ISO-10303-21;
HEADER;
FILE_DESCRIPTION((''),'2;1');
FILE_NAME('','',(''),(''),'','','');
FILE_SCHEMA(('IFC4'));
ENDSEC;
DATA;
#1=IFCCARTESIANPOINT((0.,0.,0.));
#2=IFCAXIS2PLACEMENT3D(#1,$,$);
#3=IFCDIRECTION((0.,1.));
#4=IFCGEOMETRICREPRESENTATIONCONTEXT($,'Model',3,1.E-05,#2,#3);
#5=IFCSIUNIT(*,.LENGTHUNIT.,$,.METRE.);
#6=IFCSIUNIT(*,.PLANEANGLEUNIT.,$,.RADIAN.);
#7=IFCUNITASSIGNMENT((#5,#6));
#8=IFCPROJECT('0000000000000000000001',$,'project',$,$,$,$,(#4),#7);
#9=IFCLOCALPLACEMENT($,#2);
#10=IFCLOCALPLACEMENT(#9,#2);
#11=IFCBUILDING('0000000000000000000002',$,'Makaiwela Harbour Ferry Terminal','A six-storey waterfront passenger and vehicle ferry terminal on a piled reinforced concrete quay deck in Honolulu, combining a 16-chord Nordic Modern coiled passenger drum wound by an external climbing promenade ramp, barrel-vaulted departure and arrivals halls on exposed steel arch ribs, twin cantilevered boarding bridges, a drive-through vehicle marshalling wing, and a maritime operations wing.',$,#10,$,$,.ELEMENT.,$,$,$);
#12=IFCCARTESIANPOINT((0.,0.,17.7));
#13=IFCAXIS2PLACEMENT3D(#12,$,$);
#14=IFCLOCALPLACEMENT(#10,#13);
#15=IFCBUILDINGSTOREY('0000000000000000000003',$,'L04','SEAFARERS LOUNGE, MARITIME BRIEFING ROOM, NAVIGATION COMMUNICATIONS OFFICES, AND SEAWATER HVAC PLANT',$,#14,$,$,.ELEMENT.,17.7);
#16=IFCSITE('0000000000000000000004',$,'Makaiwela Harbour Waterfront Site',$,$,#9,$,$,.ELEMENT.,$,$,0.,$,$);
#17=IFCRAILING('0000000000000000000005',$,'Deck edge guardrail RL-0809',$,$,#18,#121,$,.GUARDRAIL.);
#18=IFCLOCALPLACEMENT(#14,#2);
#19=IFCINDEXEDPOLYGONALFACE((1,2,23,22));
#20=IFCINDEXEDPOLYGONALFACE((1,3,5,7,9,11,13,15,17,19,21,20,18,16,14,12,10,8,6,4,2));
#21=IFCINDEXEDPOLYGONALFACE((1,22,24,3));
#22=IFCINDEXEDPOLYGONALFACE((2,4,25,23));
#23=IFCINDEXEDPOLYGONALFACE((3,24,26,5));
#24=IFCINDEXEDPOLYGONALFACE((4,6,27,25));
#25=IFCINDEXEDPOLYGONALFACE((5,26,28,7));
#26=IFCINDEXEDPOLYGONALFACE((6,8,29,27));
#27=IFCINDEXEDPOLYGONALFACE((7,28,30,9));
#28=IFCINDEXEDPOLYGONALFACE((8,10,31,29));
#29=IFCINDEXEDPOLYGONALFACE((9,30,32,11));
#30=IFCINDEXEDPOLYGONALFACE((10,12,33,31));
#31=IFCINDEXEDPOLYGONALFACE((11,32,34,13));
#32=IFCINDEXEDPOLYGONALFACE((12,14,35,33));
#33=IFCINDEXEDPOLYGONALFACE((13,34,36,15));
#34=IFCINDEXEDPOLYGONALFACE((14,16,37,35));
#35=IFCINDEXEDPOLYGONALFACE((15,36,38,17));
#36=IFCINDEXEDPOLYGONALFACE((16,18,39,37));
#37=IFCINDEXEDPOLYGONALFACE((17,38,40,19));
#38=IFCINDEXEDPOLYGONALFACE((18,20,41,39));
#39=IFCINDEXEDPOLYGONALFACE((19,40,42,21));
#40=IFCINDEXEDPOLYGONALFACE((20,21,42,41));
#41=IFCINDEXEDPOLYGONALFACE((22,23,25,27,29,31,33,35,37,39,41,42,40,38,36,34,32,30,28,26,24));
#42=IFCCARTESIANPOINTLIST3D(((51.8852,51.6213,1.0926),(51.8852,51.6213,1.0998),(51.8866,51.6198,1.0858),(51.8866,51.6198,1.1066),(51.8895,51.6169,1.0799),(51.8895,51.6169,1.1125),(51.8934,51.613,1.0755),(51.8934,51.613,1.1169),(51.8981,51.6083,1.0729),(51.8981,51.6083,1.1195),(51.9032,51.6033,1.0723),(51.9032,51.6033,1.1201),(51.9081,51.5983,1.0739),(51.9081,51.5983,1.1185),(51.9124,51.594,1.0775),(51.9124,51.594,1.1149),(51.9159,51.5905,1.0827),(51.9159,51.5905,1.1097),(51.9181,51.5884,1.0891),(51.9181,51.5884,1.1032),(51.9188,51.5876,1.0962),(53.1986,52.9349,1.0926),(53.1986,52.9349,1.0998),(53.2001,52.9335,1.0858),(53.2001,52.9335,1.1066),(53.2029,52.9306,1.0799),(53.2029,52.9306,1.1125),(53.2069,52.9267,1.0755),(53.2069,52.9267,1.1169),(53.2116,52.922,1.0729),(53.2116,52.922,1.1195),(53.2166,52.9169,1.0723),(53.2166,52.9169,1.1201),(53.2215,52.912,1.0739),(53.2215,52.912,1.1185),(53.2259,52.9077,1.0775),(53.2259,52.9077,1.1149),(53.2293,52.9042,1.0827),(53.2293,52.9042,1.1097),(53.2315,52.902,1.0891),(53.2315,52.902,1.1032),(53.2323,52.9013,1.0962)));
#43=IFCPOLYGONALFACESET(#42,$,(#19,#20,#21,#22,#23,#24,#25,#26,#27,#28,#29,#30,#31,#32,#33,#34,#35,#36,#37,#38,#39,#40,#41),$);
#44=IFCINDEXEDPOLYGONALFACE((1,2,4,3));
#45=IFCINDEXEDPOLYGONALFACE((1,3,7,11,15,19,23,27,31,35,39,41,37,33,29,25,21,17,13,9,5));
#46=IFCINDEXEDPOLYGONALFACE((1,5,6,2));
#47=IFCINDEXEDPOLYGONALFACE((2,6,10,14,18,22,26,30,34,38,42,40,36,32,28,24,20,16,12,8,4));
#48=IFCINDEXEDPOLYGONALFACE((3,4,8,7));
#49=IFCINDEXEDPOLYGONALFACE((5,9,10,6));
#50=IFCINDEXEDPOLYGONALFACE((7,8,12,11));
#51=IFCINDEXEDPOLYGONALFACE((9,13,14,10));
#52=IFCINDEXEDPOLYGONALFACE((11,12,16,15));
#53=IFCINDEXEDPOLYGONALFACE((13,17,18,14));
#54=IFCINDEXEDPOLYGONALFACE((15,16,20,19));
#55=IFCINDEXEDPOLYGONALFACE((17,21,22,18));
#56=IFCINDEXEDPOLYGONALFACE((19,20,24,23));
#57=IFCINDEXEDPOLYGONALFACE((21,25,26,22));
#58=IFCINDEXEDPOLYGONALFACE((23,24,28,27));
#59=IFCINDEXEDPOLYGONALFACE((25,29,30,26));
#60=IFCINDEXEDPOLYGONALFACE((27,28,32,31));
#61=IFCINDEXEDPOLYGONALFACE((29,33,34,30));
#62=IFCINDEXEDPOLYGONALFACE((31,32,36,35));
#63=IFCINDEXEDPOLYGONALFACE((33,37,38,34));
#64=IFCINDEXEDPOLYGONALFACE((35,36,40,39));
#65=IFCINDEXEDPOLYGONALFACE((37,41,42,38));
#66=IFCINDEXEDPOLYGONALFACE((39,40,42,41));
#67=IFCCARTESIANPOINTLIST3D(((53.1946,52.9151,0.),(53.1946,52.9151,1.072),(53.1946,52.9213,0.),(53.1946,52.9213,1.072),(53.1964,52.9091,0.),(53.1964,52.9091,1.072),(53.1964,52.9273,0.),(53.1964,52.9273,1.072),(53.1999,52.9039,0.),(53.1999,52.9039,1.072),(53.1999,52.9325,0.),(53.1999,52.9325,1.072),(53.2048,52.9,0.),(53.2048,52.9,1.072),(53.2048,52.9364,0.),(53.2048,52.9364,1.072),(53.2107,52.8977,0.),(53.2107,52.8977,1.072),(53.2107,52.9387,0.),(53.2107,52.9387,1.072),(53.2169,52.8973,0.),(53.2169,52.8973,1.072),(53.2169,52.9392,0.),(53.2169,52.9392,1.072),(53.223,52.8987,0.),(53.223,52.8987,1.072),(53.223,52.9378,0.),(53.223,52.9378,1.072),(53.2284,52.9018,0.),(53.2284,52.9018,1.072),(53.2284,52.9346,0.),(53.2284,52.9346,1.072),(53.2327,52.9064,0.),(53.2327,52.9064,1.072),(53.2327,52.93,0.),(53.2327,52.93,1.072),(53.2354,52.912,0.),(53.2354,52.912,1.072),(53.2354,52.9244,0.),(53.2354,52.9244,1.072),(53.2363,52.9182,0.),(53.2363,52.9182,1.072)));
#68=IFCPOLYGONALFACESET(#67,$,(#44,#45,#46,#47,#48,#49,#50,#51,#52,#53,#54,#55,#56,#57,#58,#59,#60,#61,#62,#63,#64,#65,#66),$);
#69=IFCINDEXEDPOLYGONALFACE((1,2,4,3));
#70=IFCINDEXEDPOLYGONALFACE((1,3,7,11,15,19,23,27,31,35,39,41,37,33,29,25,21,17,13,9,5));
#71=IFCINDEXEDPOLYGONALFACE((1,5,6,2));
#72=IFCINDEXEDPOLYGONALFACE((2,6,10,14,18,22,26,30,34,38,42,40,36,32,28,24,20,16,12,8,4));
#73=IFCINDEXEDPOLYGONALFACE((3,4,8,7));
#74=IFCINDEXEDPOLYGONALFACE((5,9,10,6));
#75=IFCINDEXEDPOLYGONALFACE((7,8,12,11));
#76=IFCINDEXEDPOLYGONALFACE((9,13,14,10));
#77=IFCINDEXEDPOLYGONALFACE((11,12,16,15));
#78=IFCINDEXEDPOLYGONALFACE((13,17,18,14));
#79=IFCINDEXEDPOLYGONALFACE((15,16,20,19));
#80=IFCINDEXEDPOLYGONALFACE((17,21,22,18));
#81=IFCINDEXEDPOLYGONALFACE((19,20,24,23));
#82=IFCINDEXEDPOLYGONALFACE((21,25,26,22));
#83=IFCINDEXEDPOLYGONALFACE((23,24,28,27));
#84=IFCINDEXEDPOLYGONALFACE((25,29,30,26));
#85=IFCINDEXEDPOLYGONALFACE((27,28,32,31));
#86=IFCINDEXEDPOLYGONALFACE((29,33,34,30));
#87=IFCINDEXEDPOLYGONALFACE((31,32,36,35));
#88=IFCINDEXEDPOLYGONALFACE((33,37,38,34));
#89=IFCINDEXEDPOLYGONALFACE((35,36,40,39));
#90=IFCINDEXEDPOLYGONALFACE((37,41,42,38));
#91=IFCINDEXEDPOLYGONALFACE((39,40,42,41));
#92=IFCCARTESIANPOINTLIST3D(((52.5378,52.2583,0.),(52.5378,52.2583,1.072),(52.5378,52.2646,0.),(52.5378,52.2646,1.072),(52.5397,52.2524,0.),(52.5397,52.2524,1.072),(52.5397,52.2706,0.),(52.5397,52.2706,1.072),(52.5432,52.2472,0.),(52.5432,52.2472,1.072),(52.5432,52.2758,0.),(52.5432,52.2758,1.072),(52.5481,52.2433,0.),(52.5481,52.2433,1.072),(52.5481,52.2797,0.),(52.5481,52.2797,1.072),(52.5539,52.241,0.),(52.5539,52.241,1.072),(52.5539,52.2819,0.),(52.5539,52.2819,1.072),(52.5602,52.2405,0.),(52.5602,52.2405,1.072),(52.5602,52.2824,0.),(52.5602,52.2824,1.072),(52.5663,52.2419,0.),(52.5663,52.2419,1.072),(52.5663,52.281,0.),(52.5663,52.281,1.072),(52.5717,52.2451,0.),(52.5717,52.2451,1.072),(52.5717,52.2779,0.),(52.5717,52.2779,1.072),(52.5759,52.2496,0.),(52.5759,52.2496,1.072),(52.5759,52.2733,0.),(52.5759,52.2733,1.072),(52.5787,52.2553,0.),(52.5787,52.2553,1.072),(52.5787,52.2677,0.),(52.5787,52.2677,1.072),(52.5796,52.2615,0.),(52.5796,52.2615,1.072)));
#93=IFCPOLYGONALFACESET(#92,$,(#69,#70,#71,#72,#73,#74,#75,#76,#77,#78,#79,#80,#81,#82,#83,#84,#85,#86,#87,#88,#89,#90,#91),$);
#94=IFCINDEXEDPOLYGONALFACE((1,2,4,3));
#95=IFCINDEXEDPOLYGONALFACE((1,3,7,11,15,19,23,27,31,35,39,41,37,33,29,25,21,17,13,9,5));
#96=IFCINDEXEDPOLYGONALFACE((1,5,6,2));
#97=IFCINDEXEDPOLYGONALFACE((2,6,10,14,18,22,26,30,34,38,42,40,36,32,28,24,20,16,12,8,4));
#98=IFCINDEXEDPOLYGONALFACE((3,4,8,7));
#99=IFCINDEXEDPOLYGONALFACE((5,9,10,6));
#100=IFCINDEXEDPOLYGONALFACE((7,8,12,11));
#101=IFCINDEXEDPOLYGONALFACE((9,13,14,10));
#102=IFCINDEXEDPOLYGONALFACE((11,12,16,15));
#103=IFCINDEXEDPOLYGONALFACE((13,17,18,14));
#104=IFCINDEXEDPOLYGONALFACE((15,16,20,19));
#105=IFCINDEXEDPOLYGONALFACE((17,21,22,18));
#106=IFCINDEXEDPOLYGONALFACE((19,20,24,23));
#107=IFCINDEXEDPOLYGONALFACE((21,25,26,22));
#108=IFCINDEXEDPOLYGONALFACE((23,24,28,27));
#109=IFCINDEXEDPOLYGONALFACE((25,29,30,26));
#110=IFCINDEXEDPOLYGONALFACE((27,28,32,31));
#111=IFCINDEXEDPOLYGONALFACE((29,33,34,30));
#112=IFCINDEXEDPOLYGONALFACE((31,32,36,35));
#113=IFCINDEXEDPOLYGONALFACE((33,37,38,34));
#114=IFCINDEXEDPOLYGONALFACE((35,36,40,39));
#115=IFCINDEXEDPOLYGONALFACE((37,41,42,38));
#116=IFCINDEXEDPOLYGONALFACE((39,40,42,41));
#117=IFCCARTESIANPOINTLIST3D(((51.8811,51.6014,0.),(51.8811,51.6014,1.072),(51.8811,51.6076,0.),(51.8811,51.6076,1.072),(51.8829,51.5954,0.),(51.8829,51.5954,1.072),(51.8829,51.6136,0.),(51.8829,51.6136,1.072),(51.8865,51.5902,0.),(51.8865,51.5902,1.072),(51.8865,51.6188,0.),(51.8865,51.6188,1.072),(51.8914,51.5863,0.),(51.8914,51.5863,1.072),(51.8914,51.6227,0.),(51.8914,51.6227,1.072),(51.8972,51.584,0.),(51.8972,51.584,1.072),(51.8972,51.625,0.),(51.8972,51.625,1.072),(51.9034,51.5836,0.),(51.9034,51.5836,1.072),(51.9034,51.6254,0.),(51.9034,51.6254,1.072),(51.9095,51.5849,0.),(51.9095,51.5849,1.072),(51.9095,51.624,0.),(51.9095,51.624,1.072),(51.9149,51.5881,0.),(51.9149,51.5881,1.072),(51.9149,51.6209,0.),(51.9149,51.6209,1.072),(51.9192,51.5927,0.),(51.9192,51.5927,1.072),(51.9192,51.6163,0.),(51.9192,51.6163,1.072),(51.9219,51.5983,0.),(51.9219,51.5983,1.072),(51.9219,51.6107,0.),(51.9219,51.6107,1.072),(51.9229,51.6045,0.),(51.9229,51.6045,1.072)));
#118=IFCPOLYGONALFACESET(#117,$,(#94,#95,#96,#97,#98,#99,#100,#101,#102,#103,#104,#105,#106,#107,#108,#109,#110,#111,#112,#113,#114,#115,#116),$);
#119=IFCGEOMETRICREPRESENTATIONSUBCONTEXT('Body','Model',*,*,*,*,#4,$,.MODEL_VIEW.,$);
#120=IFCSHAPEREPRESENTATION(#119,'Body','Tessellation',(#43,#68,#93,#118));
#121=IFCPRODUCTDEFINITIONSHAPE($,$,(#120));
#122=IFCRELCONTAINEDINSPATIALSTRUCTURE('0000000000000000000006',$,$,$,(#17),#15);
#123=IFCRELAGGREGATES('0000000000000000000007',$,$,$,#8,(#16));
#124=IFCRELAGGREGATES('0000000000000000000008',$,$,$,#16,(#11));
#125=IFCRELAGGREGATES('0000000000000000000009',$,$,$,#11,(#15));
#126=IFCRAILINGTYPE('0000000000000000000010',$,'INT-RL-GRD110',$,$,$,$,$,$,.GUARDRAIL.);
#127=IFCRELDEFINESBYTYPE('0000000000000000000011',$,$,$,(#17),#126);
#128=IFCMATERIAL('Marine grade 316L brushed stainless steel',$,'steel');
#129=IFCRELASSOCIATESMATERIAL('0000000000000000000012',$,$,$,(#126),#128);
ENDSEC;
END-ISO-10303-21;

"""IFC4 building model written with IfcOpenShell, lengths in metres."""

from ifc_helpers import new_model, si_unit, direction, frame, origin, origin_2d, place, context, subcontext, project, spatial, circle, extrude, material, type_object, element, save


model = new_model("IFC4")

# Units and contexts
model_context = context("Model", 3, precision=1e-05, world=origin(), true_north=direction((0.0, 1.0)))
body_context = subcontext(model_context, "Body", "Model", "MODEL_VIEW")
ifc_project = project(units=[si_unit("LENGTHUNIT", "METRE"), si_unit("PLANEANGLEUNIT", "RADIAN")], contexts=[model_context])

# Site, building, storey
site_placement = place(None, origin())
site = spatial("IfcSite", under=ifc_project, at=site_placement, Name="Makaiwela Harbour Waterfront Site", CompositionType="ELEMENT", RefElevation=0.0)
building_placement = place(site_placement, origin())
building = spatial("IfcBuilding", under=site, at=building_placement, Name="Makaiwela Harbour Ferry Terminal", Description="A six-storey waterfront passenger and vehicle ferry terminal on a piled reinforced concrete quay deck in Honolulu, combining a 16-chord Nordic Modern coiled passenger drum wound by an external climbing promenade ramp, barrel-vaulted departure and arrivals halls on exposed steel arch ribs, twin cantilevered boarding bridges, a drive-through vehicle marshalling wing, and a maritime operations wing.", CompositionType="ELEMENT")
storey_placement = place(building_placement, frame((0.0, 0.0, 17.7)))
storey = spatial("IfcBuildingStorey", under=building, at=storey_placement, Name="L04", Description="SEAFARERS LOUNGE, MARITIME BRIEFING ROOM, NAVIGATION COMMUNICATIONS OFFICES, AND SEAWATER HVAC PLANT", CompositionType="ELEMENT", Elevation=17.7)

# Railing
ifc_material_1 = material(Name="Marine grade 316L brushed stainless steel", Category="steel")
railing_type = type_object("IfcRailingType", Name="INT-RL-GRD110", PredefinedType="GUARDRAIL", material=ifc_material_1)
railing_1_placement = place(storey_placement, frame((53.2153, 52.9182, 0.0)))
element("IfcRailing", 1, at=railing_1_placement, inside=storey, type_object=railing_type, Name="Deck edge guardrail RL-0809", PredefinedType="GUARDRAIL", context=body_context, shape_type="SweptSolid", body=[
    extrude(circle(Radius=0.0239, at=origin_2d()), frame((0.0, 0.0, 1.0962), z_axis=(-0.707041, -0.707172, 0.0), x_axis=(0.707172, -0.707041, 0.0)), (0.0, 0.0, 1.0), 1.8577),
    extrude(circle(Radius=0.021, at=origin_2d()), origin(), (0.0, 0.0, 1.0), 1.072),
    extrude(circle(Radius=0.021, at=origin_2d()), frame((-0.6567, -0.6567, 0.0)), (0.0, 0.0, 1.0), 1.072),
    extrude(circle(Radius=0.021, at=origin_2d()), frame((-1.3135, -1.3137, 0.0)), (0.0, 0.0, 1.0), 1.072),
])

save(model, "model.ifc")
